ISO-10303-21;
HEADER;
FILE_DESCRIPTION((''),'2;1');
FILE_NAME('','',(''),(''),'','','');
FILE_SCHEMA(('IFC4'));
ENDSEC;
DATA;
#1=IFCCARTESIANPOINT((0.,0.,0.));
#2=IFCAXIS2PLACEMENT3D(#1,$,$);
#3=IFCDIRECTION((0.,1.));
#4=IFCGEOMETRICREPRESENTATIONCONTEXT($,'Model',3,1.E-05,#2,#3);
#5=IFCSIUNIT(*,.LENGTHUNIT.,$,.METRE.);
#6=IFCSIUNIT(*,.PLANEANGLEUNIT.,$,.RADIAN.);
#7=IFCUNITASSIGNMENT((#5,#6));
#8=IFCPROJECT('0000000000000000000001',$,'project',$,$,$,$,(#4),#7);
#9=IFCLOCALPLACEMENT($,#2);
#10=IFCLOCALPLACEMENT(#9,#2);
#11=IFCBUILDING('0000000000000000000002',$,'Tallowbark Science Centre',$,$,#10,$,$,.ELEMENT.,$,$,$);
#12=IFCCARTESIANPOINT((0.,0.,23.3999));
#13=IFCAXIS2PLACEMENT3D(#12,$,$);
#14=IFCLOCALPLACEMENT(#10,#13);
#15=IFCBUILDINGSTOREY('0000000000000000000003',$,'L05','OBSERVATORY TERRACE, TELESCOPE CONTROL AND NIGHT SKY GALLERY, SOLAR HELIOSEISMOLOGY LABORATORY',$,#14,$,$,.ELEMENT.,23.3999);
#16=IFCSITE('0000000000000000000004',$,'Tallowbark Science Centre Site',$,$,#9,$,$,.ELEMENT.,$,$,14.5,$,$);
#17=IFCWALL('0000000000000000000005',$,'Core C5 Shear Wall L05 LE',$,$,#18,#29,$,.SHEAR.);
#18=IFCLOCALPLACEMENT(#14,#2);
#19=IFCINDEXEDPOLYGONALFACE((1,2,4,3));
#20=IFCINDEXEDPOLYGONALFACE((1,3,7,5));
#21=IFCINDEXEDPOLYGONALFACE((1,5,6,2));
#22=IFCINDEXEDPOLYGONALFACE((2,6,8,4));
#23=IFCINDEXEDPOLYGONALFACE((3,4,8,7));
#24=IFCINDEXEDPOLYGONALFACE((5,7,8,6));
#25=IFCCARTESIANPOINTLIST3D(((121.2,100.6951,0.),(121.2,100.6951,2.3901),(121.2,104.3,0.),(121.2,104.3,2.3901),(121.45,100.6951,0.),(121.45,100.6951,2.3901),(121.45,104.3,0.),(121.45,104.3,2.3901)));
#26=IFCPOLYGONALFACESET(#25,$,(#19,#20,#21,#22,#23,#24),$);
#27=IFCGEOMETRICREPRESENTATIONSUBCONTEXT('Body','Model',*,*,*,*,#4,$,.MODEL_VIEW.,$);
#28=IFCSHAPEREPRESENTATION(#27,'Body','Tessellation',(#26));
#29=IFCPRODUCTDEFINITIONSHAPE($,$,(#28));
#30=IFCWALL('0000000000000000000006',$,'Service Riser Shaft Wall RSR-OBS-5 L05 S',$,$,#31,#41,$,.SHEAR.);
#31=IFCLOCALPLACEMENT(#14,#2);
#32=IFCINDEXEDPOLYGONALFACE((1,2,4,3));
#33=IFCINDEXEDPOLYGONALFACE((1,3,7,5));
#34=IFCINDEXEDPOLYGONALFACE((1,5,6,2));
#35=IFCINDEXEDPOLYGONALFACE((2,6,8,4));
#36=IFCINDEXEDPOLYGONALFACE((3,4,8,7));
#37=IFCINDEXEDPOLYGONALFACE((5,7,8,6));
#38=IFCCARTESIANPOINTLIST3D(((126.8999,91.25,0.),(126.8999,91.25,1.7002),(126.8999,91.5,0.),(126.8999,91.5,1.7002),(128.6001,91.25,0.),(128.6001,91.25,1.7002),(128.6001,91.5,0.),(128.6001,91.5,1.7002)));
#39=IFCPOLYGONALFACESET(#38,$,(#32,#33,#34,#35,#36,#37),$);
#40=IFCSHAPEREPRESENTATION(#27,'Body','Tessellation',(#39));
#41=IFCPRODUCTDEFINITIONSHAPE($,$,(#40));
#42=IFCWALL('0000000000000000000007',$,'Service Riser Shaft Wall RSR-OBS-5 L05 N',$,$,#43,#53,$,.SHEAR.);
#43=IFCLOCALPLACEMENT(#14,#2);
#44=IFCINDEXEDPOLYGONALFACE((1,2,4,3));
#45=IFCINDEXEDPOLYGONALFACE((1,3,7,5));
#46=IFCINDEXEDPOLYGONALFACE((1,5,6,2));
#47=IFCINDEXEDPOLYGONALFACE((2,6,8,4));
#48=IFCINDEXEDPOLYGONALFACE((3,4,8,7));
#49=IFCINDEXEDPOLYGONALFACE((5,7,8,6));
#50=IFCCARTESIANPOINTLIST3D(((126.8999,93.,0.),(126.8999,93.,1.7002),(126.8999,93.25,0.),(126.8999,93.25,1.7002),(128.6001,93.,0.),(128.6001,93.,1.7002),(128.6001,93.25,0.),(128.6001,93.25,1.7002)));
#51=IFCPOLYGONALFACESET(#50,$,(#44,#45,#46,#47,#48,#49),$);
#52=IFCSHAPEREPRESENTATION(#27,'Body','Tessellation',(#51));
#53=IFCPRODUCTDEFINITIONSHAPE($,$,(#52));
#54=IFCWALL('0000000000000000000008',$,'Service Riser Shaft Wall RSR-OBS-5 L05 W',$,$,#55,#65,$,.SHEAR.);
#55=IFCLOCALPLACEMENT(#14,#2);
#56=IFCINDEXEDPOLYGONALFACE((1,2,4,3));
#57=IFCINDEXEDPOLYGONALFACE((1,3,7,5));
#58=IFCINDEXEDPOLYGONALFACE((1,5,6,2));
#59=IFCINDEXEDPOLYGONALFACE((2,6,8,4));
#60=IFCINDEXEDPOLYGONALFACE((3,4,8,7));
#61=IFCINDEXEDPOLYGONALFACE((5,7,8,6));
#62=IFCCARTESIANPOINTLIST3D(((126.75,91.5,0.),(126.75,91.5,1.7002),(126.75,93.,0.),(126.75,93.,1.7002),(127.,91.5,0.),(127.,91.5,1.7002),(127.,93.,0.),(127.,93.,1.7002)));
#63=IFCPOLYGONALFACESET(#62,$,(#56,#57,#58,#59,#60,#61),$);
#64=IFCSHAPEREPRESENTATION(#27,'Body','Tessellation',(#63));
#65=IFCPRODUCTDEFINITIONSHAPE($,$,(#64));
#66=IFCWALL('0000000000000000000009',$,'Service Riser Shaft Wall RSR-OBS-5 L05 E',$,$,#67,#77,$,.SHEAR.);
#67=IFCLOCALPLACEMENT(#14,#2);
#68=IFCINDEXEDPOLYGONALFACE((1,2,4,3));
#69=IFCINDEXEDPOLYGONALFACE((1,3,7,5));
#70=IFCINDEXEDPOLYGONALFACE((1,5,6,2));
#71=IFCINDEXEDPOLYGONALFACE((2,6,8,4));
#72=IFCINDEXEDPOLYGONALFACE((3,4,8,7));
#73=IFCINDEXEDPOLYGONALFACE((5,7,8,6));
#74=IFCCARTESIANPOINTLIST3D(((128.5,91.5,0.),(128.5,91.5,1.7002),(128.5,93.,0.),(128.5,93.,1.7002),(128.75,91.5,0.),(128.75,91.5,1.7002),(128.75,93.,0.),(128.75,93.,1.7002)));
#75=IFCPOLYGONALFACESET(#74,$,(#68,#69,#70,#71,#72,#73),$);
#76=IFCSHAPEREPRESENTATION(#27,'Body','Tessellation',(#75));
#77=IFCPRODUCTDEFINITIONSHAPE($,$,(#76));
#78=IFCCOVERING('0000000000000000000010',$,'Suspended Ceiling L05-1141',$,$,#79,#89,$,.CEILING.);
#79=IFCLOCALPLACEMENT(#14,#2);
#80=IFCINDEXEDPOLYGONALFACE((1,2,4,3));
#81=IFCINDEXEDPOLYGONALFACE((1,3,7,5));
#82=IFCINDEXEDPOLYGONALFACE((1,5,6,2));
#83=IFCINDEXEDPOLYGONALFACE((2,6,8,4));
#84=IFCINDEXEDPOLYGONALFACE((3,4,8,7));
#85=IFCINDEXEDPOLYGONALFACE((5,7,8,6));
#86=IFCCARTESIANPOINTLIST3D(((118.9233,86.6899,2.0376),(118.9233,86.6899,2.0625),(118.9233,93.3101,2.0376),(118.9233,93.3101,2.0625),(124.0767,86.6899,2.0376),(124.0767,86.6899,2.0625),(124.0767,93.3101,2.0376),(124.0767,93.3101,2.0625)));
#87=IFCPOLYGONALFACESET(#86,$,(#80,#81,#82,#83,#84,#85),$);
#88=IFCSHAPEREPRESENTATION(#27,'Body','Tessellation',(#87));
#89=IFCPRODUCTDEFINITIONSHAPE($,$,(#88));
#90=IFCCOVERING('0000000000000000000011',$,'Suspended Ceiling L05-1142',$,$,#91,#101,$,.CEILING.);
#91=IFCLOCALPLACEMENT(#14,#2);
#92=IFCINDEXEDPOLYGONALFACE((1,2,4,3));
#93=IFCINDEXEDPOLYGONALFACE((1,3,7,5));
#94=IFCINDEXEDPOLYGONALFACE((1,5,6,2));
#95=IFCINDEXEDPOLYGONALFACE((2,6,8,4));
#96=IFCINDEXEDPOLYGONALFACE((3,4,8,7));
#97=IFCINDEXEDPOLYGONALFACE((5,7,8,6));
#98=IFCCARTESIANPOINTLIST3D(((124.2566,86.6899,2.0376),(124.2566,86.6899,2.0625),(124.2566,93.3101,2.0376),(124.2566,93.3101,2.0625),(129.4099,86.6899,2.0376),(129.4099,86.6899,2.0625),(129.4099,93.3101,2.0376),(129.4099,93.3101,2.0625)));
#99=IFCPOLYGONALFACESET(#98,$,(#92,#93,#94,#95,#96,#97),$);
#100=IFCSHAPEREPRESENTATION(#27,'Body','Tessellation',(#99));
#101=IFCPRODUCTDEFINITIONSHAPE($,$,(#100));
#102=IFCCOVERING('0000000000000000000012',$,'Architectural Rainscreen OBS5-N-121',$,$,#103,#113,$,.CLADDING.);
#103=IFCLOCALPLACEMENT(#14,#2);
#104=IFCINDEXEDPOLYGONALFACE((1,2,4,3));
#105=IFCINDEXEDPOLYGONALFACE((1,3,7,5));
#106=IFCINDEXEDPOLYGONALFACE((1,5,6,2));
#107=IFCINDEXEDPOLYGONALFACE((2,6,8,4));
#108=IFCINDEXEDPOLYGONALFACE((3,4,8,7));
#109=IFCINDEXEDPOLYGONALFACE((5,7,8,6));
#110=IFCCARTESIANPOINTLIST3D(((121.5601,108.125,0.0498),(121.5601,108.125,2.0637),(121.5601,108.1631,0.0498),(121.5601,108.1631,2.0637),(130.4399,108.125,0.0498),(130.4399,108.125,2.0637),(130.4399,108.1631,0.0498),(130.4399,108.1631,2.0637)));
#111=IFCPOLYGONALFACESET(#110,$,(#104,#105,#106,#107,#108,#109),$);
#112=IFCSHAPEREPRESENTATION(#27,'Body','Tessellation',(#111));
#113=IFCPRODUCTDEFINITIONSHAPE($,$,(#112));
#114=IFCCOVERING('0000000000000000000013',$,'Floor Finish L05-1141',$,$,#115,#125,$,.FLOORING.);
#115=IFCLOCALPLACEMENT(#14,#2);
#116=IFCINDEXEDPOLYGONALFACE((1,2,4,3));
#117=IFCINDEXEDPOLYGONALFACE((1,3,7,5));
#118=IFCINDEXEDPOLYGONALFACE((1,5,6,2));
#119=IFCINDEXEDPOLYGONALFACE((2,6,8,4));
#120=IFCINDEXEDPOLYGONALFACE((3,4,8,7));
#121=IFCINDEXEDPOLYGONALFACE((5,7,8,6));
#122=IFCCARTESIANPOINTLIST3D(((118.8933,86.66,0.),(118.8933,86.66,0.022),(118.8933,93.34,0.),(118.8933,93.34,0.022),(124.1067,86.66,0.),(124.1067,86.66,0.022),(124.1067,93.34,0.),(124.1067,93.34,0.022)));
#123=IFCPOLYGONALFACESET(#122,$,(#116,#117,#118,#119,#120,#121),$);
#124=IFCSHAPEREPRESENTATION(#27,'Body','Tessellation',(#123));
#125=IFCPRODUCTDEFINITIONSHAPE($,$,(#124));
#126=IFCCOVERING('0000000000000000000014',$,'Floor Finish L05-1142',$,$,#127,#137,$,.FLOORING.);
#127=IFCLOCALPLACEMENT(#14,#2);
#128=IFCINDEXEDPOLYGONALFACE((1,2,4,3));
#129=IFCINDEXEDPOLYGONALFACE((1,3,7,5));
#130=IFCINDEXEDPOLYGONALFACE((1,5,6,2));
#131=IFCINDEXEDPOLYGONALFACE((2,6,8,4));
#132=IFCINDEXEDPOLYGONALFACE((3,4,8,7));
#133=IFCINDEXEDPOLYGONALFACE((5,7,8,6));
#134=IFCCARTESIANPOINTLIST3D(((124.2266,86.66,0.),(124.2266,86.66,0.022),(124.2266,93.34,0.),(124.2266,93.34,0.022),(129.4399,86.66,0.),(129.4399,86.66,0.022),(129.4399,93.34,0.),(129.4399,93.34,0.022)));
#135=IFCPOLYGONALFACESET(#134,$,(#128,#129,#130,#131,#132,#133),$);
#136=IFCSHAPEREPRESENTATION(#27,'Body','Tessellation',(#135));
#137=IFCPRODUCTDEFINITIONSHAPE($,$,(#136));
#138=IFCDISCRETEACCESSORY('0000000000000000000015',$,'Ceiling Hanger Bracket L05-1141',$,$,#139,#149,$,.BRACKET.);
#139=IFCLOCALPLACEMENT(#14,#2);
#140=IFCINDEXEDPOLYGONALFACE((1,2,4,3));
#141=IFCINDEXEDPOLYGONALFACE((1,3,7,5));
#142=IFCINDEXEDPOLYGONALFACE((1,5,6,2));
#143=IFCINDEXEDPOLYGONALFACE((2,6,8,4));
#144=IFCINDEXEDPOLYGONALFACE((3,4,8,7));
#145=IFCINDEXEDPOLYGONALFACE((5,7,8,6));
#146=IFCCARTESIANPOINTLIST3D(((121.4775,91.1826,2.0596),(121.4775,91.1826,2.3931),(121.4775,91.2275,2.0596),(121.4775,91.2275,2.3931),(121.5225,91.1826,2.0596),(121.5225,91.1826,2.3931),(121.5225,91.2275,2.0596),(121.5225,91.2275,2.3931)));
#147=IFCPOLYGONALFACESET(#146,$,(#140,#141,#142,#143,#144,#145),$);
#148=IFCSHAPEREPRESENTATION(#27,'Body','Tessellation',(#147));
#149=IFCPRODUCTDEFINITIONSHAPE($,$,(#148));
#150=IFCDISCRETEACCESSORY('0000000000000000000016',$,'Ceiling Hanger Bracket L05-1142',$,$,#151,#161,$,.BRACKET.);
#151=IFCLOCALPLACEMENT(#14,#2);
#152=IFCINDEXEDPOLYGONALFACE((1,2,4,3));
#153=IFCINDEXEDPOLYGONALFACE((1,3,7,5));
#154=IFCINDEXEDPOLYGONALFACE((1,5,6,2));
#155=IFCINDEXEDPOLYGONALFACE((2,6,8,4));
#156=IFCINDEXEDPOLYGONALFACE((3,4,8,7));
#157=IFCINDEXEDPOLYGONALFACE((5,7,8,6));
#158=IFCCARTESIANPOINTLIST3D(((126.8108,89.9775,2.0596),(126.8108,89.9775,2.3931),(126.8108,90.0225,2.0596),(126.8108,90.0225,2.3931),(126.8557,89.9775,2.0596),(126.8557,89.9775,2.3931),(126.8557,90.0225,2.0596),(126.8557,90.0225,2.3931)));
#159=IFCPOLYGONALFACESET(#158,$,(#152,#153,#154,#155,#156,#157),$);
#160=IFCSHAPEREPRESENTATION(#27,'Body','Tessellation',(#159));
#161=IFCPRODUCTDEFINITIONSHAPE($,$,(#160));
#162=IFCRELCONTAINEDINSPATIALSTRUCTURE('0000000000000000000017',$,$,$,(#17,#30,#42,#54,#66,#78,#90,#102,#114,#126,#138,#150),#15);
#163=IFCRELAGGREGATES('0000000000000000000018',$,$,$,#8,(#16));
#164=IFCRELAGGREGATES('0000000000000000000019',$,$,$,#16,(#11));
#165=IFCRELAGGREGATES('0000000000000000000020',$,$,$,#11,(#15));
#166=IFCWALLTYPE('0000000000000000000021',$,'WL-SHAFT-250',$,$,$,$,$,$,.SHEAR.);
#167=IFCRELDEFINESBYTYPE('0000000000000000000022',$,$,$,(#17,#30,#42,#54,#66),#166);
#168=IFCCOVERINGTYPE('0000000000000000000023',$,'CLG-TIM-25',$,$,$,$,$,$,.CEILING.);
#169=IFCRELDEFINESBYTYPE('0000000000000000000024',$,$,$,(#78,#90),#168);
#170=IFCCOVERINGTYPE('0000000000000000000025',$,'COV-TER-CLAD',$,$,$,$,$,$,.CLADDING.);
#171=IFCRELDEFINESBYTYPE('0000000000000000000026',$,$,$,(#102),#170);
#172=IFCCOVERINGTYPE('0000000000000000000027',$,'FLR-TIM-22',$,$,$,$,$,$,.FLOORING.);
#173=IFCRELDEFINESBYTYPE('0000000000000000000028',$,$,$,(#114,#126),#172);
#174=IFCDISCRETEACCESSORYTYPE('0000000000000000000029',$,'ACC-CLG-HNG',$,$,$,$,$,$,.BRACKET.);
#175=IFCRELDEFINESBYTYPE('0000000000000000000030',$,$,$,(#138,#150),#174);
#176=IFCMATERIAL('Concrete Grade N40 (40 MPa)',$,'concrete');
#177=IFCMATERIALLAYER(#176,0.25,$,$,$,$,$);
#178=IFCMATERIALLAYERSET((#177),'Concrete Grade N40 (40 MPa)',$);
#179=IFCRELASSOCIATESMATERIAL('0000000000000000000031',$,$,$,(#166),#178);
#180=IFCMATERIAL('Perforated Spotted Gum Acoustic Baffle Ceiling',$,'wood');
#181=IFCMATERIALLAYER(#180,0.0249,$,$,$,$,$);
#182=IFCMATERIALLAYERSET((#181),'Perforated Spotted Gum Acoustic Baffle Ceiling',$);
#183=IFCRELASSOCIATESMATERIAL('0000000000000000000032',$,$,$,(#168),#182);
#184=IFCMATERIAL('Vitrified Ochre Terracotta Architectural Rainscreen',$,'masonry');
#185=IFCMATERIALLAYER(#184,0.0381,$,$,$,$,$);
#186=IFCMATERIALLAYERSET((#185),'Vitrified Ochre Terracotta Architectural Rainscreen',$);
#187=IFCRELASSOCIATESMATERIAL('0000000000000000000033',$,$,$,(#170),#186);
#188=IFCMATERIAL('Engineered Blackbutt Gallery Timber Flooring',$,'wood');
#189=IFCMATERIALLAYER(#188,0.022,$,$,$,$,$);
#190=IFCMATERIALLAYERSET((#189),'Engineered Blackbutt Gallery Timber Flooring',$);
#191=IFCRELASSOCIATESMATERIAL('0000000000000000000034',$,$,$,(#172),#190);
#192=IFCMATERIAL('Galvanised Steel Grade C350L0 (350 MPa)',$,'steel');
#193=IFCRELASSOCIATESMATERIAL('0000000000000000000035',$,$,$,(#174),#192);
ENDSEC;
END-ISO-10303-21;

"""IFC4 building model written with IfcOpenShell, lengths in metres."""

from ifc_helpers import new_model, si_unit, direction, frame, frame_2d, origin, origin_2d, place, context, subcontext, project, spatial, rectangle, extrude, material, layer, layer_set, type_object, element, save


model = new_model("IFC4")

# Units and contexts
model_context = context("Model", 3, precision=1e-05, world=origin(), true_north=direction((0.0, 1.0)))
body_context = subcontext(model_context, "Body", "Model", "MODEL_VIEW")
ifc_project = project(units=[si_unit("LENGTHUNIT", "METRE"), si_unit("PLANEANGLEUNIT", "RADIAN")], contexts=[model_context])

# Site, building, storey
site_placement = place(None, origin())
site = spatial("IfcSite", under=ifc_project, at=site_placement, Name="Tallowbark Science Centre Site", CompositionType="ELEMENT", RefElevation=14.5)
building_placement = place(site_placement, origin())
building = spatial("IfcBuilding", under=site, at=building_placement, Name="Tallowbark Science Centre", CompositionType="ELEMENT")
storey_placement = place(building_placement, frame((0.0, 0.0, 23.3999)))
storey = spatial("IfcBuildingStorey", under=building, at=storey_placement, Name="L05", Description="OBSERVATORY TERRACE, TELESCOPE CONTROL AND NIGHT SKY GALLERY, SOLAR HELIOSEISMOLOGY LABORATORY", CompositionType="ELEMENT", Elevation=23.3999)

# Walls
ifc_material_1 = material(Name="Concrete Grade N40 (40 MPa)", Category="concrete")
ifc_layer_1 = layer(ifc_material_1, 0.25)
ifc_layer_set_1 = layer_set([ifc_layer_1], Name="Concrete Grade N40 (40 MPa)")
wall_type_1 = type_object("IfcWallType", Name="WL-SHAFT-250", PredefinedType="SHEAR", material=ifc_layer_set_1)
wall_1_placement = place(storey_placement, frame((121.325, 100.6951, 0.0), z_axis=(0.0, 0.0, 1.0), x_axis=(0.0, 1.0, 0.0)))
element("IfcWall", 1, at=wall_1_placement, inside=storey, type_object=wall_type_1, Name="Core C5 Shear Wall L05 LE", PredefinedType="SHEAR", context=body_context, shape_type="SweptSolid", body=[
    extrude(rectangle(XDim=3.605, YDim=0.25, at=frame_2d((1.8025, 0.0))), origin(), (0.0, 0.0, 1.0), 2.3901),
])
for number, where, z_axis, x_axis, name in (
    (2, (126.8999, 91.375, 0.0), (0.0, 0.0, 1.0), (1.0, 0.0, 0.0), "Service Riser Shaft Wall RSR-OBS-5 L05 S"),
    (3, (126.8999, 93.125, 0.0), (0.0, 0.0, 1.0), (1.0, 0.0, 0.0), "Service Riser Shaft Wall RSR-OBS-5 L05 N"),
):
    element("IfcWall", number, at=place(storey_placement, frame(where, z_axis=z_axis, x_axis=x_axis)), inside=storey, type_object=wall_type_1, Name=name, PredefinedType="SHEAR", context=body_context, shape_type="SweptSolid", body=[
        extrude(rectangle(XDim=1.7002, YDim=0.25, at=frame_2d((0.8501, 0.0))), origin(), (0.0, 0.0, 1.0), 1.7002),
    ])
for number, where, z_axis, x_axis, name in (
    (4, (126.875, 91.5, 0.0), (0.0, 0.0, 1.0), (0.0, 1.0, 0.0), "Service Riser Shaft Wall RSR-OBS-5 L05 W"),
    (5, (128.625, 91.5, 0.0), (0.0, 0.0, 1.0), (0.0, 1.0, 0.0), "Service Riser Shaft Wall RSR-OBS-5 L05 E"),
):
    element("IfcWall", number, at=place(storey_placement, frame(where, z_axis=z_axis, x_axis=x_axis)), inside=storey, type_object=wall_type_1, Name=name, PredefinedType="SHEAR", context=body_context, shape_type="SweptSolid", body=[
        extrude(rectangle(XDim=1.5, YDim=0.25, at=frame_2d((0.75, 0.0))), origin(), (0.0, 0.0, 1.0), 1.7002),
    ])

# Coverings
ifc_material_2 = material(Name="Perforated Spotted Gum Acoustic Baffle Ceiling", Category="wood")
ifc_layer_2 = layer(ifc_material_2, 0.0249)
ifc_layer_set_2 = layer_set([ifc_layer_2], Name="Perforated Spotted Gum Acoustic Baffle Ceiling")
covering_type_1 = type_object("IfcCoveringType", Name="CLG-TIM-25", PredefinedType="CEILING", material=ifc_layer_set_2)
for number, where, z_axis, x_axis, name in (
    (6, (121.5, 90.0, 2.0376), (0.0, 0.0, 1.0), (1.0, 0.0, 0.0), "Suspended Ceiling L05-1141"),
    (7, (126.8333, 90.0, 2.0376), (0.0, 0.0, 1.0), (1.0, 0.0, 0.0), "Suspended Ceiling L05-1142"),
):
    element("IfcCovering", number, at=place(storey_placement, frame(where, z_axis=z_axis, x_axis=x_axis)), inside=storey, type_object=covering_type_1, Name=name, PredefinedType="CEILING", context=body_context, shape_type="SweptSolid", body=[
        extrude(rectangle(XDim=5.1533, YDim=6.6201, at=origin_2d()), origin(), (0.0, 0.0, 1.0), 0.0249),
    ])
ifc_material_3 = material(Name="Vitrified Ochre Terracotta Architectural Rainscreen", Category="masonry")
ifc_layer_3 = layer(ifc_material_3, 0.0381)
ifc_layer_set_3 = layer_set([ifc_layer_3], Name="Vitrified Ochre Terracotta Architectural Rainscreen")
covering_type_2 = type_object("IfcCoveringType", Name="COV-TER-CLAD", PredefinedType="CLADDING", material=ifc_layer_set_3)
covering_placement = place(storey_placement, frame((126.0, 108.144, 0.0498), z_axis=(0.0, 0.0, 1.0), x_axis=(-1.0, 0.0, 0.0)))
element("IfcCovering", 8, at=covering_placement, inside=storey, type_object=covering_type_2, Name="Architectural Rainscreen OBS5-N-121", PredefinedType="CLADDING", context=body_context, shape_type="SweptSolid", body=[
    extrude(rectangle(XDim=8.8799, YDim=0.0381, at=origin_2d()), origin(), (0.0, 0.0, 1.0), 2.0139),
])
ifc_material_4 = material(Name="Engineered Blackbutt Gallery Timber Flooring", Category="wood")
ifc_layer_4 = layer(ifc_material_4, 0.022)
ifc_layer_set_4 = layer_set([ifc_layer_4], Name="Engineered Blackbutt Gallery Timber Flooring")
covering_type_3 = type_object("IfcCoveringType", Name="FLR-TIM-22", PredefinedType="FLOORING", material=ifc_layer_set_4)
for number, where, z_axis, x_axis, name in (
    (9, (121.5, 90.0, 0.0), (0.0, 0.0, 1.0), (1.0, 0.0, 0.0), "Floor Finish L05-1141"),
    (10, (126.8333, 90.0, 0.0), (0.0, 0.0, 1.0), (1.0, 0.0, 0.0), "Floor Finish L05-1142"),
):
    element("IfcCovering", number, at=place(storey_placement, frame(where, z_axis=z_axis, x_axis=x_axis)), inside=storey, type_object=covering_type_3, Name=name, PredefinedType="FLOORING", context=body_context, shape_type="SweptSolid", body=[
        extrude(rectangle(XDim=5.2134, YDim=6.6799, at=origin_2d()), origin(), (0.0, 0.0, 1.0), 0.022),
    ])

# Discrete accessories
ifc_material_5 = material(Name="Galvanised Steel Grade C350L0 (350 MPa)", Category="steel")
discrete_accessory_type = type_object("IfcDiscreteAccessoryType", Name="ACC-CLG-HNG", PredefinedType="BRACKET", material=ifc_material_5)
for number, where, z_axis, x_axis, name in (
    (11, (121.5, 91.2051, 2.0596), (0.0, 0.0, 1.0), (1.0, 0.0, 0.0), "Ceiling Hanger Bracket L05-1141"),
    (12, (126.8333, 90.0, 2.0596), (0.0, 0.0, 1.0), (1.0, 0.0, 0.0), "Ceiling Hanger Bracket L05-1142"),
):
    element("IfcDiscreteAccessory", number, at=place(storey_placement, frame(where, z_axis=z_axis, x_axis=x_axis)), inside=storey, type_object=discrete_accessory_type, Name=name, PredefinedType="BRACKET", context=body_context, shape_type="SweptSolid", body=[
        extrude(rectangle(XDim=0.0449, YDim=0.0449, at=origin_2d()), origin(), (0.0, 0.0, 1.0), 0.3335),
    ])

save(model, "model.ifc")
